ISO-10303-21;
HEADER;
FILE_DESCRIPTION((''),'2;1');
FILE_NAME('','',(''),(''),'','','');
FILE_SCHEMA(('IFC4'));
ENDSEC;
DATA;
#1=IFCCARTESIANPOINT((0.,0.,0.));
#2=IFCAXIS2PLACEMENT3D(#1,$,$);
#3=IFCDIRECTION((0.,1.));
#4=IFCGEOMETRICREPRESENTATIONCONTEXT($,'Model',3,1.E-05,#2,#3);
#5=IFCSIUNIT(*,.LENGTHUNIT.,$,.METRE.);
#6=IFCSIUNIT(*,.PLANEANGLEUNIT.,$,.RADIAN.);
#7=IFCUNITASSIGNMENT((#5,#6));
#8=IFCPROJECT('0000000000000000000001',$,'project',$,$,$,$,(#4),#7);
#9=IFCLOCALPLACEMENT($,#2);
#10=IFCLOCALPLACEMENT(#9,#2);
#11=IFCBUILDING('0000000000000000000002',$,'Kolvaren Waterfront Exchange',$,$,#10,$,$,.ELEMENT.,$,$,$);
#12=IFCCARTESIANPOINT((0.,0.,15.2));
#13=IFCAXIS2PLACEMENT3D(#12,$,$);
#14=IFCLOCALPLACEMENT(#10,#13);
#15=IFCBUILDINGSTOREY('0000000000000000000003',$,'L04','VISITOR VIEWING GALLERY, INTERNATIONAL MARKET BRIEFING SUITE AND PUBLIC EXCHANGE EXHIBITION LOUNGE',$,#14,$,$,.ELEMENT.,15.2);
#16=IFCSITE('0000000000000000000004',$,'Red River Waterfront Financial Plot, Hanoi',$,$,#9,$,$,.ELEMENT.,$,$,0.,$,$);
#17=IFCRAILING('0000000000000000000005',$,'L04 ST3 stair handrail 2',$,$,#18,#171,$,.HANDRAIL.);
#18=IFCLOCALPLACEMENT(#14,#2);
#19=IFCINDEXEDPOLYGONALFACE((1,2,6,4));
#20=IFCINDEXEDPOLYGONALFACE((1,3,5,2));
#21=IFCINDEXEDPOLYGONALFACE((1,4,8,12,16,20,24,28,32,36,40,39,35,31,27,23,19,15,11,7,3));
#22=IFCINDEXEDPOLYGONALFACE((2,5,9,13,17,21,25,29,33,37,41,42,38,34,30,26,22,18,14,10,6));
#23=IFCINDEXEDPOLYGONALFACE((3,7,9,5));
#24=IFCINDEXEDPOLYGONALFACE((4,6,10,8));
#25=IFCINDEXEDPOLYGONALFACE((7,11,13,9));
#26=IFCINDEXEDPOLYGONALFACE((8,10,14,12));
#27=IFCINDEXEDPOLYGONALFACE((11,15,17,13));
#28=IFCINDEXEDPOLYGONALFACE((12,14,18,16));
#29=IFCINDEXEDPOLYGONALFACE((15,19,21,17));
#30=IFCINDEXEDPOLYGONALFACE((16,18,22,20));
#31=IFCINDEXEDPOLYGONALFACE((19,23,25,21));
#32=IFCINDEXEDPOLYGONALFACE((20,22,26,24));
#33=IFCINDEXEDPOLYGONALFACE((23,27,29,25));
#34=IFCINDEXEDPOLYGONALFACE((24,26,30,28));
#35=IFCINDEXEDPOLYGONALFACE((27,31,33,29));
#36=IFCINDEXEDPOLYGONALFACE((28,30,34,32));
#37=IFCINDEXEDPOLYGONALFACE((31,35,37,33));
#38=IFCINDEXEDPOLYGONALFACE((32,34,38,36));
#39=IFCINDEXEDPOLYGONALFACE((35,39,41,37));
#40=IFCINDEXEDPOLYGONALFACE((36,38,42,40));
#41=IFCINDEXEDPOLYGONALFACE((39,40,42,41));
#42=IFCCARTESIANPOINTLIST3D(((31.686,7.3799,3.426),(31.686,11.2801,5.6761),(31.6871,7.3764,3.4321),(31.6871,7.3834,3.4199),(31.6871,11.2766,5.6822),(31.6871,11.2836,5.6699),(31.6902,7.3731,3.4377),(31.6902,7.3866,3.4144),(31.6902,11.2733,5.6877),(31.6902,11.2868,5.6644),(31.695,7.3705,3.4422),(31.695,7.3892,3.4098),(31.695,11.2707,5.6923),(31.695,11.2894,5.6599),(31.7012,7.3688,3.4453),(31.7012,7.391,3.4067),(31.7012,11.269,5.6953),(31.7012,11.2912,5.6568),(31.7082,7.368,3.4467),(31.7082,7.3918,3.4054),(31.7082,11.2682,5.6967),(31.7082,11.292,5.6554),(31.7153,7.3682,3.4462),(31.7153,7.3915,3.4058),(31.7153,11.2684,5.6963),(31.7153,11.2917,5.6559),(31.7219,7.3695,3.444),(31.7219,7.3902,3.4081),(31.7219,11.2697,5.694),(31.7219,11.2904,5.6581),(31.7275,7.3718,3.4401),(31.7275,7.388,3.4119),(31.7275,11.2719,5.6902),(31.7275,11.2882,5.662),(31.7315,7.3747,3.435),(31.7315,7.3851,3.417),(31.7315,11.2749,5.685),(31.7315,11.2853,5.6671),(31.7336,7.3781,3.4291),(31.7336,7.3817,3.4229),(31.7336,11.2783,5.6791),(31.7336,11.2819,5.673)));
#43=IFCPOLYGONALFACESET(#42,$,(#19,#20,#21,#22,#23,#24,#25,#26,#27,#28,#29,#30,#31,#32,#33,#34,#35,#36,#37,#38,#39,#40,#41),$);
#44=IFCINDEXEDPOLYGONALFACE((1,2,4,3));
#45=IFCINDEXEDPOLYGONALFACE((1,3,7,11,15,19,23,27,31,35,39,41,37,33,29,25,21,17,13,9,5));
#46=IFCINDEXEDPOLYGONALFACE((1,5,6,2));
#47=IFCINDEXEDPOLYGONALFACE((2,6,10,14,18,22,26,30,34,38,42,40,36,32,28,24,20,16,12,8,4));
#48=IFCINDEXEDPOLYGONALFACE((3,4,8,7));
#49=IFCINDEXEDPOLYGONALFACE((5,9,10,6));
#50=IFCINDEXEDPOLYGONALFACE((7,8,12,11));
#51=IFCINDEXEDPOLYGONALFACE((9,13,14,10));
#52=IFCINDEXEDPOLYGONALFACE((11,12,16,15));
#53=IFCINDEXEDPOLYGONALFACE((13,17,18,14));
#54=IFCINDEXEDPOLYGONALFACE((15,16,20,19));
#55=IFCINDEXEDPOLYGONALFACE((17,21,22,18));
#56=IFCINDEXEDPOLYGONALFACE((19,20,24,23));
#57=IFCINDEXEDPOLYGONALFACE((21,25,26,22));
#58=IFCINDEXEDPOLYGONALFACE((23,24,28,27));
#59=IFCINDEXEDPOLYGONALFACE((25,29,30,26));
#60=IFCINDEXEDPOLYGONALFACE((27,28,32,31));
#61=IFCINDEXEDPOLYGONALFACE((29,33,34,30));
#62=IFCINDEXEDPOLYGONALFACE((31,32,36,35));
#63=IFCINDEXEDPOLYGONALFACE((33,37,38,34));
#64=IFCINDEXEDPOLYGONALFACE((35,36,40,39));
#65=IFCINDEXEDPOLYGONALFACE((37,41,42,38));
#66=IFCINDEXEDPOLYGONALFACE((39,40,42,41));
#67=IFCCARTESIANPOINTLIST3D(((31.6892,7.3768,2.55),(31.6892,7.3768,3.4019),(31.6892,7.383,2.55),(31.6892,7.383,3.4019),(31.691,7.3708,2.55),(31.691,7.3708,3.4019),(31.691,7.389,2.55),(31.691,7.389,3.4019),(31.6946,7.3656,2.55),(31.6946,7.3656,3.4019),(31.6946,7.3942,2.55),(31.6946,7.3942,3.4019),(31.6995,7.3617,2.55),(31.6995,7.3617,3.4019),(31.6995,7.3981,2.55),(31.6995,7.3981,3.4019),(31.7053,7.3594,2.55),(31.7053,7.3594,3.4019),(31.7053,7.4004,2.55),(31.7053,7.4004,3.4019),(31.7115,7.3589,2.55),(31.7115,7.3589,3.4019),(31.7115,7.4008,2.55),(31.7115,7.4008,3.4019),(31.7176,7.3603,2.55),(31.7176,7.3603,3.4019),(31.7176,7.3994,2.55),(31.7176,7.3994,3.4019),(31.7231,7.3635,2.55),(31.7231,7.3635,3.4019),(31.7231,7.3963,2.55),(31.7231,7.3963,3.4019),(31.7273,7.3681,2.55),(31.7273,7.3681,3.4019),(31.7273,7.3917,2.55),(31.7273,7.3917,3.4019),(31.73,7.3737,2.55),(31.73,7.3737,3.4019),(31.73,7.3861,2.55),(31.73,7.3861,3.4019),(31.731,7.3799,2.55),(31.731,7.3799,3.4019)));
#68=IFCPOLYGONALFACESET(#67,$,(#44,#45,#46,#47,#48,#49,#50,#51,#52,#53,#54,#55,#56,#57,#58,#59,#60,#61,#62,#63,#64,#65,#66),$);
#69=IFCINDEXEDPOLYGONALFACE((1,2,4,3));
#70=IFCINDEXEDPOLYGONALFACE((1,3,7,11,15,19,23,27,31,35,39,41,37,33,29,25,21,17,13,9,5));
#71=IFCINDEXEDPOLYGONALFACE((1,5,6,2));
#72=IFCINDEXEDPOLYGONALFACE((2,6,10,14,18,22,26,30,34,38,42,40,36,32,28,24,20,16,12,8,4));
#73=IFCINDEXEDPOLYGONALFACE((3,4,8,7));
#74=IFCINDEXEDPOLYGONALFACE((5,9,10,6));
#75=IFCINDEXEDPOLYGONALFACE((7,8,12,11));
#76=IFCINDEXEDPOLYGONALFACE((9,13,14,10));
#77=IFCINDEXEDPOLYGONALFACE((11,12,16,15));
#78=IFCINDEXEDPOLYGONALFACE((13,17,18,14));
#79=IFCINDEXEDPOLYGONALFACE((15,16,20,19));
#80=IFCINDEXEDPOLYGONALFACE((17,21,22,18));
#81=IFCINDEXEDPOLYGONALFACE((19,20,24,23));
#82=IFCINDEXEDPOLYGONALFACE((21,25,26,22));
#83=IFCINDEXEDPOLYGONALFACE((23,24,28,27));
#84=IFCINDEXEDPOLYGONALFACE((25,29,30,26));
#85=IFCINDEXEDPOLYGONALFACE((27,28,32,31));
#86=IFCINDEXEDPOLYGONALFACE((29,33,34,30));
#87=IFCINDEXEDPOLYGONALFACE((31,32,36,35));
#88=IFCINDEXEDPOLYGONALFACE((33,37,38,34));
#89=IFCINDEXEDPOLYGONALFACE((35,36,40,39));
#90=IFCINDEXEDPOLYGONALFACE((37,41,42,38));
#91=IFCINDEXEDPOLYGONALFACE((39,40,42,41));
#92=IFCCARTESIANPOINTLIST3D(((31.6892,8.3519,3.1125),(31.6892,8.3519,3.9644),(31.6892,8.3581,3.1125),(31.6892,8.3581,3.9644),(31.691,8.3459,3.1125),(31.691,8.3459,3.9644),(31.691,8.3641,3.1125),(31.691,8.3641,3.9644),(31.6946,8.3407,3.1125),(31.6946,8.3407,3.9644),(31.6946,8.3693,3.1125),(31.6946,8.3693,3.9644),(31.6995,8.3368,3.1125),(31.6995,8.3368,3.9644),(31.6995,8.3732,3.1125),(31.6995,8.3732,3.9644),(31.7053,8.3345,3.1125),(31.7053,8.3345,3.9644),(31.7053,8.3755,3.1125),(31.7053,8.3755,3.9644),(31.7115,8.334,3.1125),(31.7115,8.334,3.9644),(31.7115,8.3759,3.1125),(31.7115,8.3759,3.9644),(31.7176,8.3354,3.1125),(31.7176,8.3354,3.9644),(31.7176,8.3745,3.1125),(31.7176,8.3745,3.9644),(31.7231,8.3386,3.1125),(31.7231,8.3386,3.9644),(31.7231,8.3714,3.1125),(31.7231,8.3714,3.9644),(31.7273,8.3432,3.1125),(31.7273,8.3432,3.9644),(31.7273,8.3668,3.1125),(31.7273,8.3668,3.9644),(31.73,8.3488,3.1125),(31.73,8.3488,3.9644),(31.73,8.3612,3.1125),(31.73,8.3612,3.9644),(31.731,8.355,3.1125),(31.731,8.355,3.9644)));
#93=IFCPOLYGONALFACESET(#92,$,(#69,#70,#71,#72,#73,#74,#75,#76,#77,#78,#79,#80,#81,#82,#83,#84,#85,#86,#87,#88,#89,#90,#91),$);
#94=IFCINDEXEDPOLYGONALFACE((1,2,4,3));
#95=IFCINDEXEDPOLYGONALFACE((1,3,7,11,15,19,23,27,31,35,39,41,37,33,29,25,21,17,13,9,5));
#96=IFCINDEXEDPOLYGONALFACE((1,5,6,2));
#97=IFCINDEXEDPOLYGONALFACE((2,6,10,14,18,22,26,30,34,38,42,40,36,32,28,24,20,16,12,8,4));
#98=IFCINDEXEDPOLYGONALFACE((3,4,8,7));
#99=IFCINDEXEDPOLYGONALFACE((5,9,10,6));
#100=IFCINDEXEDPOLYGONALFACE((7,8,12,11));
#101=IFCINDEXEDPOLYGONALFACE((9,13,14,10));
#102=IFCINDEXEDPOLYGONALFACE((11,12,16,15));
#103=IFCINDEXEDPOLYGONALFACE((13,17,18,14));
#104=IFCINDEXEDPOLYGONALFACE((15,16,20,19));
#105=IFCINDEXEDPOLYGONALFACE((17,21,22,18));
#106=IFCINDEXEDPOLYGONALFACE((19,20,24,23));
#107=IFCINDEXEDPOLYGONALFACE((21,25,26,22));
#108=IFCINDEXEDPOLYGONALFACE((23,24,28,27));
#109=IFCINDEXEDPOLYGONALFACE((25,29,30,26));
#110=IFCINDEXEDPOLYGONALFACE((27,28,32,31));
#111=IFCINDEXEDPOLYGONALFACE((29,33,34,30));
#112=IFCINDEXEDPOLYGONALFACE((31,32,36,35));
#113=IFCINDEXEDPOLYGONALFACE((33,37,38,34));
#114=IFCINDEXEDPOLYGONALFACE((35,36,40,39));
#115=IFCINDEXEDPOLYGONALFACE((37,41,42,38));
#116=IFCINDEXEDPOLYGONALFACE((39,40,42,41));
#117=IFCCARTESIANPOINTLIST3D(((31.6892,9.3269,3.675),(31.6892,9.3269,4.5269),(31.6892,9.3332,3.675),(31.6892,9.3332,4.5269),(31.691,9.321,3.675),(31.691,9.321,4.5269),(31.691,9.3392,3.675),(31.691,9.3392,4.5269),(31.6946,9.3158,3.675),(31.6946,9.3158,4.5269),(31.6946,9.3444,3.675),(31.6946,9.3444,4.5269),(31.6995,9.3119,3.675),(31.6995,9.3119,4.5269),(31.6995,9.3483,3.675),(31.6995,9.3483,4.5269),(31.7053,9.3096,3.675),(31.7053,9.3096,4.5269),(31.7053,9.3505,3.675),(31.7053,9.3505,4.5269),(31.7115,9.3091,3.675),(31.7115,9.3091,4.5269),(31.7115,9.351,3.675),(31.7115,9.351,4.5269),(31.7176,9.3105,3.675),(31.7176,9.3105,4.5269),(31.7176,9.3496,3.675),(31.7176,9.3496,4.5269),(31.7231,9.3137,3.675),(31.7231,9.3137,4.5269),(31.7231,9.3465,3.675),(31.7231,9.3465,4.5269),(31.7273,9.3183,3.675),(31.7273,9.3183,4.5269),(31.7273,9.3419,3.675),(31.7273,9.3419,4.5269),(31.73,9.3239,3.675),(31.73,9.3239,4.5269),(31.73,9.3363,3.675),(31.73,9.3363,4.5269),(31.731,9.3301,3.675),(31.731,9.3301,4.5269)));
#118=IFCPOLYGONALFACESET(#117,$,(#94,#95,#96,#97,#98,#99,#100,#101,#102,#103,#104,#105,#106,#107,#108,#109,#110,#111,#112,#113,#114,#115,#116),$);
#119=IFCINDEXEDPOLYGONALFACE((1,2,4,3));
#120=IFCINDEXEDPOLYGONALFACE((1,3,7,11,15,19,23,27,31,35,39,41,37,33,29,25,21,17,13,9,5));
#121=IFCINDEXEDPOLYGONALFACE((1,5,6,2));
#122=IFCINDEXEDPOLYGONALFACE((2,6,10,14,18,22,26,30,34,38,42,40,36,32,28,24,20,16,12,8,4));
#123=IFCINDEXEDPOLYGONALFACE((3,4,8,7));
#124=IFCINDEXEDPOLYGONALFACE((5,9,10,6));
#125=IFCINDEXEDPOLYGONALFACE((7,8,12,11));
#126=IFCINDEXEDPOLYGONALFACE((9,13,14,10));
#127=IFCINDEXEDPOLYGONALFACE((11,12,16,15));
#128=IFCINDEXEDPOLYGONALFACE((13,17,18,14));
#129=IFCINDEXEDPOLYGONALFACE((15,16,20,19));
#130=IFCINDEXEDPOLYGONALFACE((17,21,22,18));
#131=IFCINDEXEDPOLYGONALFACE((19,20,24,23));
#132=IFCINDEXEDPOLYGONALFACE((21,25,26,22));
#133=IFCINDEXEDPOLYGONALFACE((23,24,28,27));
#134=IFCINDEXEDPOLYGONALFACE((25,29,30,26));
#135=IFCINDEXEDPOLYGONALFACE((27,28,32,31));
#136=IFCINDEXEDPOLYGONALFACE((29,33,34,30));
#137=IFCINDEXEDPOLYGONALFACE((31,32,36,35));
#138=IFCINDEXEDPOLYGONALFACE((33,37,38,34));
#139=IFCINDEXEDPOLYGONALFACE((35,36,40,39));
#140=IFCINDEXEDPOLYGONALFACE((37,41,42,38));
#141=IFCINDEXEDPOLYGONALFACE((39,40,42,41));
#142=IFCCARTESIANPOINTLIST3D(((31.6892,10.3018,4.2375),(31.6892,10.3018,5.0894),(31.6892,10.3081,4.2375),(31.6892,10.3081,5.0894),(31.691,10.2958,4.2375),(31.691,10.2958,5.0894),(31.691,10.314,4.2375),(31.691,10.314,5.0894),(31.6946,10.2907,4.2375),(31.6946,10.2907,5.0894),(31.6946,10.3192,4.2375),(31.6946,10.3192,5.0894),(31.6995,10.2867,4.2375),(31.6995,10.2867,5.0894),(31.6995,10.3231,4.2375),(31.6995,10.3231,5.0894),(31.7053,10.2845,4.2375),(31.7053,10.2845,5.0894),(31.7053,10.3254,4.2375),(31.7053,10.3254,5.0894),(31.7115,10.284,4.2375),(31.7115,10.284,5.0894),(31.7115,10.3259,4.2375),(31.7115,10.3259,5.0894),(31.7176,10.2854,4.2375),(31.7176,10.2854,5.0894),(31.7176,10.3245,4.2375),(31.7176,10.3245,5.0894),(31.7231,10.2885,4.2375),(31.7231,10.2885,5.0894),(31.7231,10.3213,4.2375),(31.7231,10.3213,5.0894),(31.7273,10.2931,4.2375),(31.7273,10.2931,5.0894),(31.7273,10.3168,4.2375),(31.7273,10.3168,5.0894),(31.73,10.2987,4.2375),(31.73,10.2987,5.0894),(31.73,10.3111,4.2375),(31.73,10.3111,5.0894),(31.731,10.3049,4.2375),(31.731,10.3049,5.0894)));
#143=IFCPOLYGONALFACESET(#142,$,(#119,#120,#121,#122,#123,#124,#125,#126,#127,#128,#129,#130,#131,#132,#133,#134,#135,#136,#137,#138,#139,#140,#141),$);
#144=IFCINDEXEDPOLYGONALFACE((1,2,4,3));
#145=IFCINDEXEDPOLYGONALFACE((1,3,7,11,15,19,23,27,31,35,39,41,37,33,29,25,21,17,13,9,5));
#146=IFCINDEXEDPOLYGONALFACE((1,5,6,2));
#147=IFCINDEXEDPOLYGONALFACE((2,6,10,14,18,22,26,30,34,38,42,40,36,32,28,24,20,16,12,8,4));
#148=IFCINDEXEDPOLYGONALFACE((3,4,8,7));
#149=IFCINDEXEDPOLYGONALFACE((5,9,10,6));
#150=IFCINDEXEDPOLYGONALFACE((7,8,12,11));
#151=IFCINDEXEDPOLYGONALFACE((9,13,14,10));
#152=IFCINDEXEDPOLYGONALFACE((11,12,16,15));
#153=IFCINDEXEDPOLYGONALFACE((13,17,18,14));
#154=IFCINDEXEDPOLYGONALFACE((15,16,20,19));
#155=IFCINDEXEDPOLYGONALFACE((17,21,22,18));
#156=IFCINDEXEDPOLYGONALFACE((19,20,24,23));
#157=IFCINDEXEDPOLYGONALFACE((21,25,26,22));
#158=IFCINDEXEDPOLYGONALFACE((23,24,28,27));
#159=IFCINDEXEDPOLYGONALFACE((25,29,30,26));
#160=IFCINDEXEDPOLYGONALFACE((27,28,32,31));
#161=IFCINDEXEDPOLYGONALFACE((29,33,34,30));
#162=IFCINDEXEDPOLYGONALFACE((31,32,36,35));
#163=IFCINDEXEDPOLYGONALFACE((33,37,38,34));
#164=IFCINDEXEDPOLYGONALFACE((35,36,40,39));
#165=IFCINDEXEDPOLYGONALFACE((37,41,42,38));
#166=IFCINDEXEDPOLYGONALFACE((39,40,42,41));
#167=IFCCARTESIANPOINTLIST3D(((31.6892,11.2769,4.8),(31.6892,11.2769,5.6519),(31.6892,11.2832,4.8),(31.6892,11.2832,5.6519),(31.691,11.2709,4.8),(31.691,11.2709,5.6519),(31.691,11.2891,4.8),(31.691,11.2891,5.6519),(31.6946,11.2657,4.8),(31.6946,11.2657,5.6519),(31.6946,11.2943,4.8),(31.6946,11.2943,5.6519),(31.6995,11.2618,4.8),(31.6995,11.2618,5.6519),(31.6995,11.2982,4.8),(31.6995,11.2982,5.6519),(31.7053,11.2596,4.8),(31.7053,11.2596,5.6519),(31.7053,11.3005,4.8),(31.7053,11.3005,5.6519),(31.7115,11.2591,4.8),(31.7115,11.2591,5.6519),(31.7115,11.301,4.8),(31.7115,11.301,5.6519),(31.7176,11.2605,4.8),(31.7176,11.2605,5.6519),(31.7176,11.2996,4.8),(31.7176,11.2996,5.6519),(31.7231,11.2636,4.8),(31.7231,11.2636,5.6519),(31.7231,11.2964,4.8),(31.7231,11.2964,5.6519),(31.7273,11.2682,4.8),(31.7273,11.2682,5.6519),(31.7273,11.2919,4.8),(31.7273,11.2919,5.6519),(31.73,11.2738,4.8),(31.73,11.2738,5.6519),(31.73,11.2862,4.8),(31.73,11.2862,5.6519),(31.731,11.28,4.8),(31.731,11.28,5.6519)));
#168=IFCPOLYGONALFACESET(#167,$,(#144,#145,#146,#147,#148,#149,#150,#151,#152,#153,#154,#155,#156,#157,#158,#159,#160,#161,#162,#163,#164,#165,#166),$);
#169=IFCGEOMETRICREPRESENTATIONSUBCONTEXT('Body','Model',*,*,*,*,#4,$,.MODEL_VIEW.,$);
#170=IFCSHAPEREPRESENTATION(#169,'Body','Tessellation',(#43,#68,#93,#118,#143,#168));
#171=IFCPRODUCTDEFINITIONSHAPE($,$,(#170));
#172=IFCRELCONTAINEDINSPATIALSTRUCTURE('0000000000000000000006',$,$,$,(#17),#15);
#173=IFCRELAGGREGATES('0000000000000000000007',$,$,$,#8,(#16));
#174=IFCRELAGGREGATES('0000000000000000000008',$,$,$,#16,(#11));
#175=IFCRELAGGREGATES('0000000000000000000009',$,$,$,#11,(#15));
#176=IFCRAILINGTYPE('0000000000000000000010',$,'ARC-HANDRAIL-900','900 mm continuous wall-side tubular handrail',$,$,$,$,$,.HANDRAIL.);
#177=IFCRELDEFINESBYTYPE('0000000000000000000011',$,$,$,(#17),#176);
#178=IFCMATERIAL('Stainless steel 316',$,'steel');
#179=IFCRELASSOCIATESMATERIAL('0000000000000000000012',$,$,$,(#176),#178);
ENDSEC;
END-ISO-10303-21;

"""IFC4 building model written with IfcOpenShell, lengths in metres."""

from ifc_helpers import new_model, si_unit, direction, frame, origin, origin_2d, place, context, subcontext, project, spatial, circle, extrude, material, type_object, element, save


model = new_model("IFC4")

# Units and contexts
model_context = context("Model", 3, precision=1e-05, world=origin(), true_north=direction((0.0, 1.0)))
body_context = subcontext(model_context, "Body", "Model", "MODEL_VIEW")
ifc_project = project(units=[si_unit("LENGTHUNIT", "METRE"), si_unit("PLANEANGLEUNIT", "RADIAN")], contexts=[model_context])

# Site, building, storey
site_placement = place(None, origin())
site = spatial("IfcSite", under=ifc_project, at=site_placement, Name="Red River Waterfront Financial Plot, Hanoi", CompositionType="ELEMENT", RefElevation=0.0)
building_placement = place(site_placement, origin())
building = spatial("IfcBuilding", under=site, at=building_placement, Name="Kolvaren Waterfront Exchange", CompositionType="ELEMENT")
storey_placement = place(building_placement, frame((0.0, 0.0, 15.2)))
storey = spatial("IfcBuildingStorey", under=building, at=storey_placement, Name="L04", Description="VISITOR VIEWING GALLERY, INTERNATIONAL MARKET BRIEFING SUITE AND PUBLIC EXCHANGE EXHIBITION LOUNGE", CompositionType="ELEMENT", Elevation=15.2)

# Railing
ifc_material_1 = material(Name="Stainless steel 316", Category="steel")
railing_type = type_object("IfcRailingType", Name="ARC-HANDRAIL-900", Description="900 mm continuous wall-side tubular handrail", PredefinedType="HANDRAIL", material=ifc_material_1)
railing_placement = place(storey_placement, frame((31.71, 7.3799, 2.55)))
element("IfcRailing", 1, at=railing_placement, inside=storey, type_object=railing_type, Name="L04 ST3 stair handrail 2", PredefinedType="HANDRAIL", context=body_context, shape_type="SweptSolid", body=[
    extrude(circle(Radius=0.0239, at=origin_2d()), frame((0.0, 0.0, 0.876), z_axis=(0.0, 0.866194, 0.499708), x_axis=(-1.0, 0.0, 0.0)), (0.0, 0.0, 1.0), 4.5027),
    extrude(circle(Radius=0.021, at=origin_2d()), origin(), (0.0, 0.0, 1.0), 0.8518),
    extrude(circle(Radius=0.021, at=origin_2d()), frame((0.0, 0.9751, 0.5625)), (0.0, 0.0, 1.0), 0.8518),
    extrude(circle(Radius=0.021, at=origin_2d()), frame((0.0, 1.9502, 1.125)), (0.0, 0.0, 1.0), 0.8518),
    extrude(circle(Radius=0.021, at=origin_2d()), frame((0.0, 2.925, 1.6875)), (0.0, 0.0, 1.0), 0.8518),
    extrude(circle(Radius=0.021, at=origin_2d()), frame((0.0, 3.9001, 2.25)), (0.0, 0.0, 1.0), 0.8518),
])

save(model, "model.ifc")
